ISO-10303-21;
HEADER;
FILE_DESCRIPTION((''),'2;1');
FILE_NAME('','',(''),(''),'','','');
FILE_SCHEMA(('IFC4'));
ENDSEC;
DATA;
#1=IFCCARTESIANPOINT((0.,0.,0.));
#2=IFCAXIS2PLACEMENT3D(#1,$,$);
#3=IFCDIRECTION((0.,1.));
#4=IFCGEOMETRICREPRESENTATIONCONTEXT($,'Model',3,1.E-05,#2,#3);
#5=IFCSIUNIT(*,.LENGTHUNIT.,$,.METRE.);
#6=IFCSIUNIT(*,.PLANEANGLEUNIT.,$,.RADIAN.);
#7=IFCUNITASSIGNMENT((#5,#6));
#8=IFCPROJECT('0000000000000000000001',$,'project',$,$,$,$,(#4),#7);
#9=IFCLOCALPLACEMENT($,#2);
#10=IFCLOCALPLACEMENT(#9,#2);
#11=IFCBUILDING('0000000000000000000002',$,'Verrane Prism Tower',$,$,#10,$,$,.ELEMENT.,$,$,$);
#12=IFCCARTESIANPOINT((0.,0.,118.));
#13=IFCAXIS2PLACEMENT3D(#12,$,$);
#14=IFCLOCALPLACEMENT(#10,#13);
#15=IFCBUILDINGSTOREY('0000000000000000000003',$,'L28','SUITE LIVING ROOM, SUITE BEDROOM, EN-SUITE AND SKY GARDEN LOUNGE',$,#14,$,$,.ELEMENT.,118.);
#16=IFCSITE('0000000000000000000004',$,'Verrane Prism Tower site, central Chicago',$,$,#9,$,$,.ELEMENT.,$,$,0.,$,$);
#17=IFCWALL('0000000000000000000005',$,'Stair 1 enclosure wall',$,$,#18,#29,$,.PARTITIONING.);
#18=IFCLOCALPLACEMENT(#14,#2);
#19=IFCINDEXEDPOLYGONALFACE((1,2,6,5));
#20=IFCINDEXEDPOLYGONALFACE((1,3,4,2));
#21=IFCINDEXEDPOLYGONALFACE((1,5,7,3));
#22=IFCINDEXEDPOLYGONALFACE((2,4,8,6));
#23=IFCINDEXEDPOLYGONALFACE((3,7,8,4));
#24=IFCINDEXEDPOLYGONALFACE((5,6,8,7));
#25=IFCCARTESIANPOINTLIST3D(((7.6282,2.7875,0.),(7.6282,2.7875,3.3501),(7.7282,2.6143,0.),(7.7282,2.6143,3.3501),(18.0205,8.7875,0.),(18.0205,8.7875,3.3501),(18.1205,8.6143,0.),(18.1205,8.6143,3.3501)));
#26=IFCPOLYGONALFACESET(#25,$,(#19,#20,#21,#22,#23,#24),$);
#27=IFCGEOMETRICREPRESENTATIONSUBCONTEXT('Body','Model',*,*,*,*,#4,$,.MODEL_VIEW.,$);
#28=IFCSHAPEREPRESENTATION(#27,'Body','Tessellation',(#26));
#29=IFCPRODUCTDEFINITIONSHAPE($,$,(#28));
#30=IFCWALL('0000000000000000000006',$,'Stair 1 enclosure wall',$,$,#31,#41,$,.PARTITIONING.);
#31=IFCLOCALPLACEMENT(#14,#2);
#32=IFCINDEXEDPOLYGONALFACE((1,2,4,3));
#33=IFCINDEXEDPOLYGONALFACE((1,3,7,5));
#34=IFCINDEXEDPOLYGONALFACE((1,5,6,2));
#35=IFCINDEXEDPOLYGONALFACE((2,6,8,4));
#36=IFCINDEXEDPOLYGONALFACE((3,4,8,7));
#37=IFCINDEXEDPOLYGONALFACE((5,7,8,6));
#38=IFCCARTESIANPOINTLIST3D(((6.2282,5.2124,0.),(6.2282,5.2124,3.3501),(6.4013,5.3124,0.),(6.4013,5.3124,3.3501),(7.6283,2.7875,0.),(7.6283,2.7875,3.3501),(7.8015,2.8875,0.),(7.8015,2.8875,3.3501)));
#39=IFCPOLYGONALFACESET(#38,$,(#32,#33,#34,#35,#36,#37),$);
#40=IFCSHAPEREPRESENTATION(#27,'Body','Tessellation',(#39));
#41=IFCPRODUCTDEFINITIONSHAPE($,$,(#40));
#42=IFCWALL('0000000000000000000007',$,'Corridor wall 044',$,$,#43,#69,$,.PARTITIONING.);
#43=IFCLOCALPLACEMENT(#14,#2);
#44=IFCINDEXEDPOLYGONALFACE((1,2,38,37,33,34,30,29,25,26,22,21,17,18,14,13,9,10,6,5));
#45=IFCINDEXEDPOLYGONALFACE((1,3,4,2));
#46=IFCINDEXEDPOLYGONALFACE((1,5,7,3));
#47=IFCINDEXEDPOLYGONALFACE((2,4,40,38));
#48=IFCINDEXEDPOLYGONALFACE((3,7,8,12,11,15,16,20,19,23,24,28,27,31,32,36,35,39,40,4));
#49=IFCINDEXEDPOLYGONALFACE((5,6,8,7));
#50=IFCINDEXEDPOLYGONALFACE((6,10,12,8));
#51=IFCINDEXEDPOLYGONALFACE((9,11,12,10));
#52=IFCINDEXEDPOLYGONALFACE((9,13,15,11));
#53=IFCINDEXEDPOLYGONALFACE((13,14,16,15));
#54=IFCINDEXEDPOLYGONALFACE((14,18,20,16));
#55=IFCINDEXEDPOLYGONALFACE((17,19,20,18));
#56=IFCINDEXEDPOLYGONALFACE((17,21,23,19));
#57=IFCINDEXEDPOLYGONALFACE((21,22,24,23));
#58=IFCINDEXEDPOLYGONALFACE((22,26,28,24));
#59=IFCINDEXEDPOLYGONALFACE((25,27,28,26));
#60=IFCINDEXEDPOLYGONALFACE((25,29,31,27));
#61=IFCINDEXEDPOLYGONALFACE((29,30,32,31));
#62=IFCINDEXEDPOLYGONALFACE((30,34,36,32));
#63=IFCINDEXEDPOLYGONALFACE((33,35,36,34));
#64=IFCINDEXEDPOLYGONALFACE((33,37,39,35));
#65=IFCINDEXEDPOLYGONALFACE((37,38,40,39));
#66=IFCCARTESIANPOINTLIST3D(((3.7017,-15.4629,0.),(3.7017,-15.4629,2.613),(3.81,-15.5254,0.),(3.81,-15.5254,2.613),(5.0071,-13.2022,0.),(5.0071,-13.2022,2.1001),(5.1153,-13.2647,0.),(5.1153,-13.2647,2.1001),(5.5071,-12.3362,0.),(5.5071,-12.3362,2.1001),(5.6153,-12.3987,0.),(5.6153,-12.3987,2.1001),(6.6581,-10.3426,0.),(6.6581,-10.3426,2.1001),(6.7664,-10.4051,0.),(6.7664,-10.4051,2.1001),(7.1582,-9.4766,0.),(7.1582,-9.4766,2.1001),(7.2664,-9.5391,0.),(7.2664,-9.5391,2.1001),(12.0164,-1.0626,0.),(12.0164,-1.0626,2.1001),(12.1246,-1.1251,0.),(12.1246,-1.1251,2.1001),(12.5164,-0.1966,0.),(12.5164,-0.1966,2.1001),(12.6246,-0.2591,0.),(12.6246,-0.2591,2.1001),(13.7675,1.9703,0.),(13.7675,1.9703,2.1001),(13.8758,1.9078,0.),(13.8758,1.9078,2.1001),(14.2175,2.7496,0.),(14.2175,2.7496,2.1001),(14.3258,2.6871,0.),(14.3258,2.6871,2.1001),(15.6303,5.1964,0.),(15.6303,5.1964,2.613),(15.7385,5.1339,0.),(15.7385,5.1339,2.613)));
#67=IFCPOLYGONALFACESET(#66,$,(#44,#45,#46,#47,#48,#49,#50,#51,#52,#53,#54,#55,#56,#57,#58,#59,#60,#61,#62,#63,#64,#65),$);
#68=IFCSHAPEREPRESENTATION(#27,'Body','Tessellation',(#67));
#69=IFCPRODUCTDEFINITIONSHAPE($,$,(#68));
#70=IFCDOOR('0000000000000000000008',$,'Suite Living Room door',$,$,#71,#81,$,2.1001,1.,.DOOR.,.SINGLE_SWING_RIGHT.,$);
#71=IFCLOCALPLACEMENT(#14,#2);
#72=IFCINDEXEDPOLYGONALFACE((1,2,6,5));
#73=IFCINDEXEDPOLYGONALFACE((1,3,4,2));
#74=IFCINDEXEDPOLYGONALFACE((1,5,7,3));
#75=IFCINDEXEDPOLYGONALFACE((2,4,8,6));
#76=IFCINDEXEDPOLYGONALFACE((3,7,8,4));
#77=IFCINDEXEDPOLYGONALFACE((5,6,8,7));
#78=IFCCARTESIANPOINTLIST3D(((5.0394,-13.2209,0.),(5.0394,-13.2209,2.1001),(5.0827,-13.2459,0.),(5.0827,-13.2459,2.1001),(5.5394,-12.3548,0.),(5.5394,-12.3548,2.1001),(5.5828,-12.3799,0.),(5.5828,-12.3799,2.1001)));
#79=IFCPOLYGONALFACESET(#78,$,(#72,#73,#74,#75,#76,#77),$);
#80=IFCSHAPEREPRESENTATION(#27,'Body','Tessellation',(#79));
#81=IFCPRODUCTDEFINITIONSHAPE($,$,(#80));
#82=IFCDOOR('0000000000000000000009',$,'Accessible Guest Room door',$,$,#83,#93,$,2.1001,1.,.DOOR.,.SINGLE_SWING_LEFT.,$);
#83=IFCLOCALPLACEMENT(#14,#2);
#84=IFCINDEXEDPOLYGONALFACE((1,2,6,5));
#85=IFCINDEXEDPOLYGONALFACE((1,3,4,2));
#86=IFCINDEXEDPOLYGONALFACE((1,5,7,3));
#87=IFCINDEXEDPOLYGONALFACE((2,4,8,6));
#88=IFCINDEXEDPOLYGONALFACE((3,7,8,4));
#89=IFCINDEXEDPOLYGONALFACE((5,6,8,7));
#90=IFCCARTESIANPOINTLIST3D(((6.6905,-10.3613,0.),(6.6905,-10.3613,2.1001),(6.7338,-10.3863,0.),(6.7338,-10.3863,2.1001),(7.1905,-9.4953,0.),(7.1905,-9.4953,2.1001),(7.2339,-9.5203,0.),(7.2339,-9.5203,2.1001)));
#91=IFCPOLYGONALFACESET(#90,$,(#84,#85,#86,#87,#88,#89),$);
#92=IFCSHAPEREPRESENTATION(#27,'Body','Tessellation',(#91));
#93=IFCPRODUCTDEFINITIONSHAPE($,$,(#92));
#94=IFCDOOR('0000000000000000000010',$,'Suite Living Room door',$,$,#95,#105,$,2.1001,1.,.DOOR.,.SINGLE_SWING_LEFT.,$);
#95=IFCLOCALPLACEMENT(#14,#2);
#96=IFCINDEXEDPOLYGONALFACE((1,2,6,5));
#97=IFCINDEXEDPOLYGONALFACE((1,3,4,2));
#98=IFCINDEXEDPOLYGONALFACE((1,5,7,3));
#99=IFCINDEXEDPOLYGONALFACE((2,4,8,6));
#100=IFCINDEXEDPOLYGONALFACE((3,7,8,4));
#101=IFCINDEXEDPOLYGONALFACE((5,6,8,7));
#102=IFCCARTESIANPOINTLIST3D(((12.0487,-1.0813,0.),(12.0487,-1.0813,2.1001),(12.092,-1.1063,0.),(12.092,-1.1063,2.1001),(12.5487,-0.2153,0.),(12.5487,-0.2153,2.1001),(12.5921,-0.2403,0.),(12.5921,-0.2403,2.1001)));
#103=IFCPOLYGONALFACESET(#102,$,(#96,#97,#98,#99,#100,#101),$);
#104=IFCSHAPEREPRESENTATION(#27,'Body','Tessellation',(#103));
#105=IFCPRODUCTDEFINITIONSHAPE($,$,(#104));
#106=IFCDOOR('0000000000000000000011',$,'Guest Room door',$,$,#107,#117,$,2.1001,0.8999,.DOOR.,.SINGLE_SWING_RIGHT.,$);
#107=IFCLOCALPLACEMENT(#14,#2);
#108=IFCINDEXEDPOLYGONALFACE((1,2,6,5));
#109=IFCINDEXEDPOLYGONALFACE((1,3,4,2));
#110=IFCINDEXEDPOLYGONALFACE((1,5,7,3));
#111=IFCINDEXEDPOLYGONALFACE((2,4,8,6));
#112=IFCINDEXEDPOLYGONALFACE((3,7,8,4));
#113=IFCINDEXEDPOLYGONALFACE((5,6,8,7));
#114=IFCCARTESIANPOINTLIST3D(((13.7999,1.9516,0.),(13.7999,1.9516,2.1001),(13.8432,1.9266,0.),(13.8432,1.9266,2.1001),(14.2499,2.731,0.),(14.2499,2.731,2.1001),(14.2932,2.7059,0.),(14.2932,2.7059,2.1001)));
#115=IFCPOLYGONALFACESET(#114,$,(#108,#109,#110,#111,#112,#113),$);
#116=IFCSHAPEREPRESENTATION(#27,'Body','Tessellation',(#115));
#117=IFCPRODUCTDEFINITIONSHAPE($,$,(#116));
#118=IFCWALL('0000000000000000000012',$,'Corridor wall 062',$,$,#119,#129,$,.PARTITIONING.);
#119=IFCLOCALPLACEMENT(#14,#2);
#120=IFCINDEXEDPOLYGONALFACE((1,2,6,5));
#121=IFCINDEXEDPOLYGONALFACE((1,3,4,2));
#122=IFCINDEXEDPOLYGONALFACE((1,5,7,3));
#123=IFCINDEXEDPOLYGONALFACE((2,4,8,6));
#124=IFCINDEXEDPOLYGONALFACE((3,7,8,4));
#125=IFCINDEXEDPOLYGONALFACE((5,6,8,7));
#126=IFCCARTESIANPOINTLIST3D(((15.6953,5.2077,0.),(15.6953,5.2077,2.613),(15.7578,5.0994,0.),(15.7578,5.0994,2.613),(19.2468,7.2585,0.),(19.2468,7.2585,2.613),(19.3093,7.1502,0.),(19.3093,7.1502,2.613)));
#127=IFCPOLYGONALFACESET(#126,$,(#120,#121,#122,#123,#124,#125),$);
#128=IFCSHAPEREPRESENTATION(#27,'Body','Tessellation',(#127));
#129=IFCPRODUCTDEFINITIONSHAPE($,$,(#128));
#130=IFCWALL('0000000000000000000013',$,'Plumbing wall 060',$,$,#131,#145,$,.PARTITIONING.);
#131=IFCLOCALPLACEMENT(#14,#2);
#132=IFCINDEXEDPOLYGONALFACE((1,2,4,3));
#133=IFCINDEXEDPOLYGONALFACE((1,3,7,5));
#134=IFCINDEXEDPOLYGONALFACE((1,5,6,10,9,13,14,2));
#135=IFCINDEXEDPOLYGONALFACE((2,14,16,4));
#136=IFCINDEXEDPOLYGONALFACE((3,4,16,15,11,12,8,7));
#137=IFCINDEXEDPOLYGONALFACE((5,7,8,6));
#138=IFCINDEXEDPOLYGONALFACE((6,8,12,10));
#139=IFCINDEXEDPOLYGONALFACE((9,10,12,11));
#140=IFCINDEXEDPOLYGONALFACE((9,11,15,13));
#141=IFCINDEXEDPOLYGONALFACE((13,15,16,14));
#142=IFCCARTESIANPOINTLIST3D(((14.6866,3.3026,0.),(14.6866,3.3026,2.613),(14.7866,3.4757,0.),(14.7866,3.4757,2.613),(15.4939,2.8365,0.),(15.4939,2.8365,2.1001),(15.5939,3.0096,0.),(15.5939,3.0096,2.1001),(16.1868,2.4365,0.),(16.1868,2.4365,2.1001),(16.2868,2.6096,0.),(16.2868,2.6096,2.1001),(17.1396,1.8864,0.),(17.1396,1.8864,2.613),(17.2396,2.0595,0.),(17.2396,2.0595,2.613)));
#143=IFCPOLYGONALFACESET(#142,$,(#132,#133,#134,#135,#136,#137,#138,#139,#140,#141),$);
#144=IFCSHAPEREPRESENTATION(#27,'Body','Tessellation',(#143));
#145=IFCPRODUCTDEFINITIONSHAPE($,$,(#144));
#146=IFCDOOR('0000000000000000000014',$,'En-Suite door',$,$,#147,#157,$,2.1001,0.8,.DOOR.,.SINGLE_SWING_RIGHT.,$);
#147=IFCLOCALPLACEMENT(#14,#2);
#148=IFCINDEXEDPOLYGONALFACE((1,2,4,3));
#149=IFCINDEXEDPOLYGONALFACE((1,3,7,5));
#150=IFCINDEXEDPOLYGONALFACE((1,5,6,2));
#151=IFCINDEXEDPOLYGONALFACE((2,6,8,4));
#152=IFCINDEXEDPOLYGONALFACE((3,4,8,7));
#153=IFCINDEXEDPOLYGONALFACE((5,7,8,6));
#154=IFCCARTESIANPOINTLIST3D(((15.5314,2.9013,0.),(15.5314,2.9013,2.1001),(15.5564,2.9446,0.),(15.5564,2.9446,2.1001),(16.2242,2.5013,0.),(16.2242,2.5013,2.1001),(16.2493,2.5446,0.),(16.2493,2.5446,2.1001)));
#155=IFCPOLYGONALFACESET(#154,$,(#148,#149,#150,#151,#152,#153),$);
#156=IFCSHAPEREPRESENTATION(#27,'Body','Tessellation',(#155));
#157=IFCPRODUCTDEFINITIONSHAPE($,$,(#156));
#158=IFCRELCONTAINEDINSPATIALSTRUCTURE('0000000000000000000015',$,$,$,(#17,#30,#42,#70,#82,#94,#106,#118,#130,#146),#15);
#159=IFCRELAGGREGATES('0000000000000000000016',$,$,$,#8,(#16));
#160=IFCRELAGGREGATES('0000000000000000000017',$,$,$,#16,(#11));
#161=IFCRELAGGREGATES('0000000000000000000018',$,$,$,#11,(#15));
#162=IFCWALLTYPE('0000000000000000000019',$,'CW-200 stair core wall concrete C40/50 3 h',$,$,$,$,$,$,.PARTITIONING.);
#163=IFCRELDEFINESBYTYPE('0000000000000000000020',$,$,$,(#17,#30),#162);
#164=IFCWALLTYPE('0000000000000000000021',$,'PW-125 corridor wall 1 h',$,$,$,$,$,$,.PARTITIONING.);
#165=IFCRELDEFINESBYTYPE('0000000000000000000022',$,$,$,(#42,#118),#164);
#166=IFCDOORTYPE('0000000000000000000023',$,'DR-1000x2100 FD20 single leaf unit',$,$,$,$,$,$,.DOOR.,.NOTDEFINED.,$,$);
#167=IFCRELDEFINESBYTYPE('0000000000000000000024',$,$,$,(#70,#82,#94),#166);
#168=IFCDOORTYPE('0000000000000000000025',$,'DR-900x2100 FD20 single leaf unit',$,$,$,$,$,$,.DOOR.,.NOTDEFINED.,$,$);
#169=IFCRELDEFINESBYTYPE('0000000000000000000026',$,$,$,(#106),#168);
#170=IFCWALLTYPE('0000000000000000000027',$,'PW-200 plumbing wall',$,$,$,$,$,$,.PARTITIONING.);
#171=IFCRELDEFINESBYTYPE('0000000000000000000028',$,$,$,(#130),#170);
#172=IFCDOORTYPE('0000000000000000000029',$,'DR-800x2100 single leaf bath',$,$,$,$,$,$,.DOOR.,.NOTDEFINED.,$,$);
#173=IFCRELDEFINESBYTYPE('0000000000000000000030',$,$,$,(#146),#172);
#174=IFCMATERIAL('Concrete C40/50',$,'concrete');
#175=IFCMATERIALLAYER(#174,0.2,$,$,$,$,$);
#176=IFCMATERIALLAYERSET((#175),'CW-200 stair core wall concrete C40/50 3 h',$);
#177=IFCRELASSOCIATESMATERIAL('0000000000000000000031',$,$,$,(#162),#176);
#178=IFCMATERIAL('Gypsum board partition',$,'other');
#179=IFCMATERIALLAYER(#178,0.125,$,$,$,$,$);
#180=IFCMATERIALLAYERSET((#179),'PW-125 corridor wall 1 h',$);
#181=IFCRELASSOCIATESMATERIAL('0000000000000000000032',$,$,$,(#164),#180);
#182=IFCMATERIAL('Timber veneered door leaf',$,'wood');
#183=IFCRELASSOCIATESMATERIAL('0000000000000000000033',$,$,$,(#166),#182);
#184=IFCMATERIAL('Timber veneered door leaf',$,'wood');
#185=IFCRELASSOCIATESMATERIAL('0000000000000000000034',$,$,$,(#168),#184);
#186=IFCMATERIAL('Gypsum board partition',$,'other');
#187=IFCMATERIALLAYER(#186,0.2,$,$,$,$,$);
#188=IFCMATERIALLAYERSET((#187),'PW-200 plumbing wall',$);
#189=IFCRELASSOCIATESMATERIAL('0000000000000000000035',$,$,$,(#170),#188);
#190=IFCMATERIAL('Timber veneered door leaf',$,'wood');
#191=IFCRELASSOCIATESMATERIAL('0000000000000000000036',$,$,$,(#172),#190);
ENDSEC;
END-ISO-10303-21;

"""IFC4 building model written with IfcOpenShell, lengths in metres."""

from ifc_helpers import new_model, si_unit, direction, frame, frame_2d, origin, place, context, subcontext, project, spatial, rectangle, extrude, material, layer, layer_set, type_object, element, fill, save


model = new_model("IFC4")

# Units and contexts
model_context = context("Model", 3, precision=1e-05, world=origin(), true_north=direction((0.0, 1.0)))
body_context = subcontext(model_context, "Body", "Model", "MODEL_VIEW")
ifc_project = project(units=[si_unit("LENGTHUNIT", "METRE"), si_unit("PLANEANGLEUNIT", "RADIAN")], contexts=[model_context])

# Site, building, storey
site_placement = place(None, origin())
site = spatial("IfcSite", under=ifc_project, at=site_placement, Name="Verrane Prism Tower site, central Chicago", CompositionType="ELEMENT", RefElevation=0.0)
building_placement = place(site_placement, origin())
building = spatial("IfcBuilding", under=site, at=building_placement, Name="Verrane Prism Tower", CompositionType="ELEMENT")
storey_placement = place(building_placement, frame((0.0, 0.0, 118.0)))
storey = spatial("IfcBuildingStorey", under=building, at=storey_placement, Name="L28", Description="SUITE LIVING ROOM, SUITE BEDROOM, EN-SUITE AND SKY GARDEN LOUNGE", CompositionType="ELEMENT", Elevation=118.0)

# Walls
ifc_material_1 = material(Name="Concrete C40/50", Category="concrete")
ifc_layer_1 = layer(ifc_material_1, 0.2)
ifc_layer_set_1 = layer_set([ifc_layer_1], Name="CW-200 stair core wall concrete C40/50 3 h")
wall_type_1 = type_object("IfcWallType", Name="CW-200 stair core wall concrete C40/50 3 h", PredefinedType="PARTITIONING", material=ifc_layer_set_1)
wall_1_placement = place(storey_placement, frame((7.6782, 2.7009, 0.0), z_axis=(0.0, 0.0, 1.0), x_axis=(0.866026, 0.499999, 0.0)))
element("IfcWall", 1, at=wall_1_placement, inside=storey, type_object=wall_type_1, Name="Stair 1 enclosure wall", PredefinedType="PARTITIONING", context=body_context, shape_type="SweptSolid", body=[
    extrude(rectangle(XDim=12.0, YDim=0.2, at=frame_2d((6.0, 0.0))), origin(), (0.0, 0.0, 1.0), 3.3501),
])
wall_2_placement = place(storey_placement, frame((7.7148, 2.8376, 0.0), z_axis=(0.0, 0.0, 1.0), x_axis=(-0.50005, 0.865997, 0.0)))
element("IfcWall", 2, at=wall_2_placement, inside=storey, type_object=wall_type_1, Name="Stair 1 enclosure wall", PredefinedType="PARTITIONING", context=body_context, shape_type="SweptSolid", body=[
    extrude(rectangle(XDim=2.8, YDim=0.2, at=frame_2d((1.3999, 0.0))), origin(), (0.0, 0.0, 1.0), 3.3501),
])

# Wall, openings, doors
ifc_material_2 = material(Name="Gypsum board partition", Category="other")
ifc_layer_2 = layer(ifc_material_2, 0.125)
ifc_layer_set_2 = layer_set([ifc_layer_2], Name="PW-125 corridor wall 1 h")
wall_type_2 = type_object("IfcWallType", Name="PW-125 corridor wall 1 h", PredefinedType="PARTITIONING", material=ifc_layer_set_2)
wall_3_placement = place(storey_placement, frame((15.6843, 5.165, 0.0), z_axis=(0.0, 0.0, 1.0), x_axis=(-0.500028, -0.866009, 0.0)))
wall_3 = element("IfcWall", 3, at=wall_3_placement, inside=storey, type_object=wall_type_2, Name="Corridor wall 044", PredefinedType="PARTITIONING", context=body_context, shape_type="SweptSolid", body=[
    extrude(rectangle(XDim=23.8557, YDim=0.125, at=frame_2d((11.9277, 0.0))), origin(), (0.0, 0.0, 1.0), 2.613),
])
opening_1_placement = place(wall_3_placement, frame((20.2451, 0.0, 0.0)))
opening_1 = element("IfcOpeningElement", 4, at=opening_1_placement, cuts=wall_3, PredefinedType="OPENING", context=body_context, shape_type="SweptSolid", body=[
    extrude(rectangle(XDim=1.0, YDim=2.1001, at=frame_2d((0.5, 1.05))), frame((0.0, 0.0725, 0.0), z_axis=(0.0, -1.0, 0.0), x_axis=(1.0, 0.0, 0.0)), (0.0, 0.0, 1.0), 0.145),
])
opening_2_placement = place(wall_3_placement, frame((16.9431, 0.0, 0.0)))
opening_2 = element("IfcOpeningElement", 5, at=opening_2_placement, cuts=wall_3, PredefinedType="OPENING", context=body_context, shape_type="SweptSolid", body=[
    extrude(rectangle(XDim=1.0, YDim=2.1001, at=frame_2d((0.5, 1.05))), frame((0.0, 0.0725, 0.0), z_axis=(0.0, -1.0, 0.0), x_axis=(1.0, 0.0, 0.0)), (0.0, 0.0, 1.0), 0.145),
])
opening_3_placement = place(wall_3_placement, frame((6.2273, 0.0, 0.0)))
opening_3 = element("IfcOpeningElement", 6, at=opening_3_placement, cuts=wall_3, PredefinedType="OPENING", context=body_context, shape_type="SweptSolid", body=[
    extrude(rectangle(XDim=1.0, YDim=2.1001, at=frame_2d((0.5, 1.05))), frame((0.0, 0.0725, 0.0), z_axis=(0.0, -1.0, 0.0), x_axis=(1.0, 0.0, 0.0)), (0.0, 0.0, 1.0), 0.145),
])
opening_4_placement = place(wall_3_placement, frame((2.8252, 0.0, 0.0)))
opening_4 = element("IfcOpeningElement", 7, at=opening_4_placement, cuts=wall_3, PredefinedType="OPENING", context=body_context, shape_type="SweptSolid", body=[
    extrude(rectangle(XDim=0.8999, YDim=2.1001, at=frame_2d((0.45, 1.05))), frame((0.0, 0.0725, 0.0), z_axis=(0.0, -1.0, 0.0), x_axis=(1.0, 0.0, 0.0)), (0.0, 0.0, 1.0), 0.145),
])
ifc_material_3 = material(Name="Timber veneered door leaf", Category="wood")
door_type_1 = type_object("IfcDoorType", Name="DR-1000x2100 FD20 single leaf unit", OperationType="NOTDEFINED", PredefinedType="DOOR", material=ifc_material_3)
door_1_placement = place(opening_1_placement, origin())
door_1 = element("IfcDoor", 8, at=door_1_placement, inside=storey, type_object=door_type_1, Name="Suite Living Room door", OperationType="SINGLE_SWING_RIGHT", OverallHeight=2.1001, OverallWidth=1.0, PredefinedType="DOOR", context=body_context, shape_type="SweptSolid", body=[
    extrude(rectangle(XDim=1.0, YDim=2.1001, at=frame_2d((0.5, 1.05))), frame((0.0, 0.0249, 0.0), z_axis=(0.0, -1.0, 0.0), x_axis=(1.0, 0.0, 0.0)), (0.0, 0.0, 1.0), 0.05),
])
fill(opening_1, door_1)
door_2_placement = place(opening_2_placement, origin())
door_2 = element("IfcDoor", 9, at=door_2_placement, inside=storey, type_object=door_type_1, Name="Accessible Guest Room door", OperationType="SINGLE_SWING_LEFT", OverallHeight=2.1001, OverallWidth=1.0, PredefinedType="DOOR", context=body_context, shape_type="SweptSolid", body=[
    extrude(rectangle(XDim=1.0, YDim=2.1001, at=frame_2d((0.5, 1.05))), frame((0.0, 0.0249, 0.0), z_axis=(0.0, -1.0, 0.0), x_axis=(1.0, 0.0, 0.0)), (0.0, 0.0, 1.0), 0.05),
])
fill(opening_2, door_2)
door_3_placement = place(opening_3_placement, origin())
door_3 = element("IfcDoor", 10, at=door_3_placement, inside=storey, type_object=door_type_1, Name="Suite Living Room door", OperationType="SINGLE_SWING_LEFT", OverallHeight=2.1001, OverallWidth=1.0, PredefinedType="DOOR", context=body_context, shape_type="SweptSolid", body=[
    extrude(rectangle(XDim=1.0, YDim=2.1001, at=frame_2d((0.5, 1.05))), frame((0.0, 0.0249, 0.0), z_axis=(0.0, -1.0, 0.0), x_axis=(1.0, 0.0, 0.0)), (0.0, 0.0, 1.0), 0.05),
])
fill(opening_3, door_3)
ifc_material_4 = material(Name="Timber veneered door leaf", Category="wood")
door_type_2 = type_object("IfcDoorType", Name="DR-900x2100 FD20 single leaf unit", OperationType="NOTDEFINED", PredefinedType="DOOR", material=ifc_material_4)
door_4_placement = place(opening_4_placement, origin())
door_4 = element("IfcDoor", 11, at=door_4_placement, inside=storey, type_object=door_type_2, Name="Guest Room door", OperationType="SINGLE_SWING_RIGHT", OverallHeight=2.1001, OverallWidth=0.8999, PredefinedType="DOOR", context=body_context, shape_type="SweptSolid", body=[
    extrude(rectangle(XDim=0.8999, YDim=2.1001, at=frame_2d((0.45, 1.05))), frame((0.0, 0.0249, 0.0), z_axis=(0.0, -1.0, 0.0), x_axis=(1.0, 0.0, 0.0)), (0.0, 0.0, 1.0), 0.05),
])
fill(opening_4, door_4)

# Wall
wall_4_placement = place(storey_placement, frame((15.7266, 5.1536, 0.0), z_axis=(0.0, 0.0, 1.0), x_axis=(0.865992, 0.500057, 0.0)))
element("IfcWall", 12, at=wall_4_placement, inside=storey, type_object=wall_type_2, Name="Corridor wall 062", PredefinedType="PARTITIONING", context=body_context, shape_type="SweptSolid", body=[
    extrude(rectangle(XDim=4.1011, YDim=0.125, at=frame_2d((2.0505, 0.0))), origin(), (0.0, 0.0, 1.0), 2.613),
])

# Wall, opening, door
ifc_material_5 = material(Name="Gypsum board partition", Category="other")
ifc_layer_3 = layer(ifc_material_5, 0.2)
ifc_layer_set_3 = layer_set([ifc_layer_3], Name="PW-200 plumbing wall")
wall_type_3 = type_object("IfcWallType", Name="PW-200 plumbing wall", PredefinedType="PARTITIONING", material=ifc_layer_set_3)
wall_5_placement = place(storey_placement, frame((14.7366, 3.3892, 0.0), z_axis=(0.0, 0.0, 1.0), x_axis=(0.866033, -0.499986, 0.0)))
wall_5 = element("IfcWall", 13, at=wall_5_placement, inside=storey, type_object=wall_type_3, Name="Plumbing wall 060", PredefinedType="PARTITIONING", context=body_context, shape_type="SweptSolid", body=[
    extrude(rectangle(XDim=2.8325, YDim=0.2, at=frame_2d((1.4163, 0.0))), origin(), (0.0, 0.0, 1.0), 2.613),
])
opening_5_placement = place(wall_5_placement, frame((0.9324, 0.0, 0.0)))
opening_5 = element("IfcOpeningElement", 14, at=opening_5_placement, cuts=wall_5, PredefinedType="OPENING", context=body_context, shape_type="SweptSolid", body=[
    extrude(rectangle(XDim=0.8, YDim=2.1001, at=frame_2d((0.3999, 1.05))), frame((0.0, 0.1099, 0.0), z_axis=(0.0, -1.0, 0.0), x_axis=(1.0, 0.0, 0.0)), (0.0, 0.0, 1.0), 0.22),
])
ifc_material_6 = material(Name="Timber veneered door leaf", Category="wood")
door_type_3 = type_object("IfcDoorType", Name="DR-800x2100 single leaf bath", OperationType="NOTDEFINED", PredefinedType="DOOR", material=ifc_material_6)
door_5_placement = place(opening_5_placement, origin())
door_5 = element("IfcDoor", 15, at=door_5_placement, inside=storey, type_object=door_type_3, Name="En-Suite door", OperationType="SINGLE_SWING_RIGHT", OverallHeight=2.1001, OverallWidth=0.8, PredefinedType="DOOR", context=body_context, shape_type="SweptSolid", body=[
    extrude(rectangle(XDim=0.8, YDim=2.1001, at=frame_2d((0.3999, 1.05))), frame((0.0, 0.0249, 0.0), z_axis=(0.0, -1.0, 0.0), x_axis=(1.0, 0.0, 0.0)), (0.0, 0.0, 1.0), 0.05),
])
fill(opening_5, door_5)

save(model, "model.ifc")
